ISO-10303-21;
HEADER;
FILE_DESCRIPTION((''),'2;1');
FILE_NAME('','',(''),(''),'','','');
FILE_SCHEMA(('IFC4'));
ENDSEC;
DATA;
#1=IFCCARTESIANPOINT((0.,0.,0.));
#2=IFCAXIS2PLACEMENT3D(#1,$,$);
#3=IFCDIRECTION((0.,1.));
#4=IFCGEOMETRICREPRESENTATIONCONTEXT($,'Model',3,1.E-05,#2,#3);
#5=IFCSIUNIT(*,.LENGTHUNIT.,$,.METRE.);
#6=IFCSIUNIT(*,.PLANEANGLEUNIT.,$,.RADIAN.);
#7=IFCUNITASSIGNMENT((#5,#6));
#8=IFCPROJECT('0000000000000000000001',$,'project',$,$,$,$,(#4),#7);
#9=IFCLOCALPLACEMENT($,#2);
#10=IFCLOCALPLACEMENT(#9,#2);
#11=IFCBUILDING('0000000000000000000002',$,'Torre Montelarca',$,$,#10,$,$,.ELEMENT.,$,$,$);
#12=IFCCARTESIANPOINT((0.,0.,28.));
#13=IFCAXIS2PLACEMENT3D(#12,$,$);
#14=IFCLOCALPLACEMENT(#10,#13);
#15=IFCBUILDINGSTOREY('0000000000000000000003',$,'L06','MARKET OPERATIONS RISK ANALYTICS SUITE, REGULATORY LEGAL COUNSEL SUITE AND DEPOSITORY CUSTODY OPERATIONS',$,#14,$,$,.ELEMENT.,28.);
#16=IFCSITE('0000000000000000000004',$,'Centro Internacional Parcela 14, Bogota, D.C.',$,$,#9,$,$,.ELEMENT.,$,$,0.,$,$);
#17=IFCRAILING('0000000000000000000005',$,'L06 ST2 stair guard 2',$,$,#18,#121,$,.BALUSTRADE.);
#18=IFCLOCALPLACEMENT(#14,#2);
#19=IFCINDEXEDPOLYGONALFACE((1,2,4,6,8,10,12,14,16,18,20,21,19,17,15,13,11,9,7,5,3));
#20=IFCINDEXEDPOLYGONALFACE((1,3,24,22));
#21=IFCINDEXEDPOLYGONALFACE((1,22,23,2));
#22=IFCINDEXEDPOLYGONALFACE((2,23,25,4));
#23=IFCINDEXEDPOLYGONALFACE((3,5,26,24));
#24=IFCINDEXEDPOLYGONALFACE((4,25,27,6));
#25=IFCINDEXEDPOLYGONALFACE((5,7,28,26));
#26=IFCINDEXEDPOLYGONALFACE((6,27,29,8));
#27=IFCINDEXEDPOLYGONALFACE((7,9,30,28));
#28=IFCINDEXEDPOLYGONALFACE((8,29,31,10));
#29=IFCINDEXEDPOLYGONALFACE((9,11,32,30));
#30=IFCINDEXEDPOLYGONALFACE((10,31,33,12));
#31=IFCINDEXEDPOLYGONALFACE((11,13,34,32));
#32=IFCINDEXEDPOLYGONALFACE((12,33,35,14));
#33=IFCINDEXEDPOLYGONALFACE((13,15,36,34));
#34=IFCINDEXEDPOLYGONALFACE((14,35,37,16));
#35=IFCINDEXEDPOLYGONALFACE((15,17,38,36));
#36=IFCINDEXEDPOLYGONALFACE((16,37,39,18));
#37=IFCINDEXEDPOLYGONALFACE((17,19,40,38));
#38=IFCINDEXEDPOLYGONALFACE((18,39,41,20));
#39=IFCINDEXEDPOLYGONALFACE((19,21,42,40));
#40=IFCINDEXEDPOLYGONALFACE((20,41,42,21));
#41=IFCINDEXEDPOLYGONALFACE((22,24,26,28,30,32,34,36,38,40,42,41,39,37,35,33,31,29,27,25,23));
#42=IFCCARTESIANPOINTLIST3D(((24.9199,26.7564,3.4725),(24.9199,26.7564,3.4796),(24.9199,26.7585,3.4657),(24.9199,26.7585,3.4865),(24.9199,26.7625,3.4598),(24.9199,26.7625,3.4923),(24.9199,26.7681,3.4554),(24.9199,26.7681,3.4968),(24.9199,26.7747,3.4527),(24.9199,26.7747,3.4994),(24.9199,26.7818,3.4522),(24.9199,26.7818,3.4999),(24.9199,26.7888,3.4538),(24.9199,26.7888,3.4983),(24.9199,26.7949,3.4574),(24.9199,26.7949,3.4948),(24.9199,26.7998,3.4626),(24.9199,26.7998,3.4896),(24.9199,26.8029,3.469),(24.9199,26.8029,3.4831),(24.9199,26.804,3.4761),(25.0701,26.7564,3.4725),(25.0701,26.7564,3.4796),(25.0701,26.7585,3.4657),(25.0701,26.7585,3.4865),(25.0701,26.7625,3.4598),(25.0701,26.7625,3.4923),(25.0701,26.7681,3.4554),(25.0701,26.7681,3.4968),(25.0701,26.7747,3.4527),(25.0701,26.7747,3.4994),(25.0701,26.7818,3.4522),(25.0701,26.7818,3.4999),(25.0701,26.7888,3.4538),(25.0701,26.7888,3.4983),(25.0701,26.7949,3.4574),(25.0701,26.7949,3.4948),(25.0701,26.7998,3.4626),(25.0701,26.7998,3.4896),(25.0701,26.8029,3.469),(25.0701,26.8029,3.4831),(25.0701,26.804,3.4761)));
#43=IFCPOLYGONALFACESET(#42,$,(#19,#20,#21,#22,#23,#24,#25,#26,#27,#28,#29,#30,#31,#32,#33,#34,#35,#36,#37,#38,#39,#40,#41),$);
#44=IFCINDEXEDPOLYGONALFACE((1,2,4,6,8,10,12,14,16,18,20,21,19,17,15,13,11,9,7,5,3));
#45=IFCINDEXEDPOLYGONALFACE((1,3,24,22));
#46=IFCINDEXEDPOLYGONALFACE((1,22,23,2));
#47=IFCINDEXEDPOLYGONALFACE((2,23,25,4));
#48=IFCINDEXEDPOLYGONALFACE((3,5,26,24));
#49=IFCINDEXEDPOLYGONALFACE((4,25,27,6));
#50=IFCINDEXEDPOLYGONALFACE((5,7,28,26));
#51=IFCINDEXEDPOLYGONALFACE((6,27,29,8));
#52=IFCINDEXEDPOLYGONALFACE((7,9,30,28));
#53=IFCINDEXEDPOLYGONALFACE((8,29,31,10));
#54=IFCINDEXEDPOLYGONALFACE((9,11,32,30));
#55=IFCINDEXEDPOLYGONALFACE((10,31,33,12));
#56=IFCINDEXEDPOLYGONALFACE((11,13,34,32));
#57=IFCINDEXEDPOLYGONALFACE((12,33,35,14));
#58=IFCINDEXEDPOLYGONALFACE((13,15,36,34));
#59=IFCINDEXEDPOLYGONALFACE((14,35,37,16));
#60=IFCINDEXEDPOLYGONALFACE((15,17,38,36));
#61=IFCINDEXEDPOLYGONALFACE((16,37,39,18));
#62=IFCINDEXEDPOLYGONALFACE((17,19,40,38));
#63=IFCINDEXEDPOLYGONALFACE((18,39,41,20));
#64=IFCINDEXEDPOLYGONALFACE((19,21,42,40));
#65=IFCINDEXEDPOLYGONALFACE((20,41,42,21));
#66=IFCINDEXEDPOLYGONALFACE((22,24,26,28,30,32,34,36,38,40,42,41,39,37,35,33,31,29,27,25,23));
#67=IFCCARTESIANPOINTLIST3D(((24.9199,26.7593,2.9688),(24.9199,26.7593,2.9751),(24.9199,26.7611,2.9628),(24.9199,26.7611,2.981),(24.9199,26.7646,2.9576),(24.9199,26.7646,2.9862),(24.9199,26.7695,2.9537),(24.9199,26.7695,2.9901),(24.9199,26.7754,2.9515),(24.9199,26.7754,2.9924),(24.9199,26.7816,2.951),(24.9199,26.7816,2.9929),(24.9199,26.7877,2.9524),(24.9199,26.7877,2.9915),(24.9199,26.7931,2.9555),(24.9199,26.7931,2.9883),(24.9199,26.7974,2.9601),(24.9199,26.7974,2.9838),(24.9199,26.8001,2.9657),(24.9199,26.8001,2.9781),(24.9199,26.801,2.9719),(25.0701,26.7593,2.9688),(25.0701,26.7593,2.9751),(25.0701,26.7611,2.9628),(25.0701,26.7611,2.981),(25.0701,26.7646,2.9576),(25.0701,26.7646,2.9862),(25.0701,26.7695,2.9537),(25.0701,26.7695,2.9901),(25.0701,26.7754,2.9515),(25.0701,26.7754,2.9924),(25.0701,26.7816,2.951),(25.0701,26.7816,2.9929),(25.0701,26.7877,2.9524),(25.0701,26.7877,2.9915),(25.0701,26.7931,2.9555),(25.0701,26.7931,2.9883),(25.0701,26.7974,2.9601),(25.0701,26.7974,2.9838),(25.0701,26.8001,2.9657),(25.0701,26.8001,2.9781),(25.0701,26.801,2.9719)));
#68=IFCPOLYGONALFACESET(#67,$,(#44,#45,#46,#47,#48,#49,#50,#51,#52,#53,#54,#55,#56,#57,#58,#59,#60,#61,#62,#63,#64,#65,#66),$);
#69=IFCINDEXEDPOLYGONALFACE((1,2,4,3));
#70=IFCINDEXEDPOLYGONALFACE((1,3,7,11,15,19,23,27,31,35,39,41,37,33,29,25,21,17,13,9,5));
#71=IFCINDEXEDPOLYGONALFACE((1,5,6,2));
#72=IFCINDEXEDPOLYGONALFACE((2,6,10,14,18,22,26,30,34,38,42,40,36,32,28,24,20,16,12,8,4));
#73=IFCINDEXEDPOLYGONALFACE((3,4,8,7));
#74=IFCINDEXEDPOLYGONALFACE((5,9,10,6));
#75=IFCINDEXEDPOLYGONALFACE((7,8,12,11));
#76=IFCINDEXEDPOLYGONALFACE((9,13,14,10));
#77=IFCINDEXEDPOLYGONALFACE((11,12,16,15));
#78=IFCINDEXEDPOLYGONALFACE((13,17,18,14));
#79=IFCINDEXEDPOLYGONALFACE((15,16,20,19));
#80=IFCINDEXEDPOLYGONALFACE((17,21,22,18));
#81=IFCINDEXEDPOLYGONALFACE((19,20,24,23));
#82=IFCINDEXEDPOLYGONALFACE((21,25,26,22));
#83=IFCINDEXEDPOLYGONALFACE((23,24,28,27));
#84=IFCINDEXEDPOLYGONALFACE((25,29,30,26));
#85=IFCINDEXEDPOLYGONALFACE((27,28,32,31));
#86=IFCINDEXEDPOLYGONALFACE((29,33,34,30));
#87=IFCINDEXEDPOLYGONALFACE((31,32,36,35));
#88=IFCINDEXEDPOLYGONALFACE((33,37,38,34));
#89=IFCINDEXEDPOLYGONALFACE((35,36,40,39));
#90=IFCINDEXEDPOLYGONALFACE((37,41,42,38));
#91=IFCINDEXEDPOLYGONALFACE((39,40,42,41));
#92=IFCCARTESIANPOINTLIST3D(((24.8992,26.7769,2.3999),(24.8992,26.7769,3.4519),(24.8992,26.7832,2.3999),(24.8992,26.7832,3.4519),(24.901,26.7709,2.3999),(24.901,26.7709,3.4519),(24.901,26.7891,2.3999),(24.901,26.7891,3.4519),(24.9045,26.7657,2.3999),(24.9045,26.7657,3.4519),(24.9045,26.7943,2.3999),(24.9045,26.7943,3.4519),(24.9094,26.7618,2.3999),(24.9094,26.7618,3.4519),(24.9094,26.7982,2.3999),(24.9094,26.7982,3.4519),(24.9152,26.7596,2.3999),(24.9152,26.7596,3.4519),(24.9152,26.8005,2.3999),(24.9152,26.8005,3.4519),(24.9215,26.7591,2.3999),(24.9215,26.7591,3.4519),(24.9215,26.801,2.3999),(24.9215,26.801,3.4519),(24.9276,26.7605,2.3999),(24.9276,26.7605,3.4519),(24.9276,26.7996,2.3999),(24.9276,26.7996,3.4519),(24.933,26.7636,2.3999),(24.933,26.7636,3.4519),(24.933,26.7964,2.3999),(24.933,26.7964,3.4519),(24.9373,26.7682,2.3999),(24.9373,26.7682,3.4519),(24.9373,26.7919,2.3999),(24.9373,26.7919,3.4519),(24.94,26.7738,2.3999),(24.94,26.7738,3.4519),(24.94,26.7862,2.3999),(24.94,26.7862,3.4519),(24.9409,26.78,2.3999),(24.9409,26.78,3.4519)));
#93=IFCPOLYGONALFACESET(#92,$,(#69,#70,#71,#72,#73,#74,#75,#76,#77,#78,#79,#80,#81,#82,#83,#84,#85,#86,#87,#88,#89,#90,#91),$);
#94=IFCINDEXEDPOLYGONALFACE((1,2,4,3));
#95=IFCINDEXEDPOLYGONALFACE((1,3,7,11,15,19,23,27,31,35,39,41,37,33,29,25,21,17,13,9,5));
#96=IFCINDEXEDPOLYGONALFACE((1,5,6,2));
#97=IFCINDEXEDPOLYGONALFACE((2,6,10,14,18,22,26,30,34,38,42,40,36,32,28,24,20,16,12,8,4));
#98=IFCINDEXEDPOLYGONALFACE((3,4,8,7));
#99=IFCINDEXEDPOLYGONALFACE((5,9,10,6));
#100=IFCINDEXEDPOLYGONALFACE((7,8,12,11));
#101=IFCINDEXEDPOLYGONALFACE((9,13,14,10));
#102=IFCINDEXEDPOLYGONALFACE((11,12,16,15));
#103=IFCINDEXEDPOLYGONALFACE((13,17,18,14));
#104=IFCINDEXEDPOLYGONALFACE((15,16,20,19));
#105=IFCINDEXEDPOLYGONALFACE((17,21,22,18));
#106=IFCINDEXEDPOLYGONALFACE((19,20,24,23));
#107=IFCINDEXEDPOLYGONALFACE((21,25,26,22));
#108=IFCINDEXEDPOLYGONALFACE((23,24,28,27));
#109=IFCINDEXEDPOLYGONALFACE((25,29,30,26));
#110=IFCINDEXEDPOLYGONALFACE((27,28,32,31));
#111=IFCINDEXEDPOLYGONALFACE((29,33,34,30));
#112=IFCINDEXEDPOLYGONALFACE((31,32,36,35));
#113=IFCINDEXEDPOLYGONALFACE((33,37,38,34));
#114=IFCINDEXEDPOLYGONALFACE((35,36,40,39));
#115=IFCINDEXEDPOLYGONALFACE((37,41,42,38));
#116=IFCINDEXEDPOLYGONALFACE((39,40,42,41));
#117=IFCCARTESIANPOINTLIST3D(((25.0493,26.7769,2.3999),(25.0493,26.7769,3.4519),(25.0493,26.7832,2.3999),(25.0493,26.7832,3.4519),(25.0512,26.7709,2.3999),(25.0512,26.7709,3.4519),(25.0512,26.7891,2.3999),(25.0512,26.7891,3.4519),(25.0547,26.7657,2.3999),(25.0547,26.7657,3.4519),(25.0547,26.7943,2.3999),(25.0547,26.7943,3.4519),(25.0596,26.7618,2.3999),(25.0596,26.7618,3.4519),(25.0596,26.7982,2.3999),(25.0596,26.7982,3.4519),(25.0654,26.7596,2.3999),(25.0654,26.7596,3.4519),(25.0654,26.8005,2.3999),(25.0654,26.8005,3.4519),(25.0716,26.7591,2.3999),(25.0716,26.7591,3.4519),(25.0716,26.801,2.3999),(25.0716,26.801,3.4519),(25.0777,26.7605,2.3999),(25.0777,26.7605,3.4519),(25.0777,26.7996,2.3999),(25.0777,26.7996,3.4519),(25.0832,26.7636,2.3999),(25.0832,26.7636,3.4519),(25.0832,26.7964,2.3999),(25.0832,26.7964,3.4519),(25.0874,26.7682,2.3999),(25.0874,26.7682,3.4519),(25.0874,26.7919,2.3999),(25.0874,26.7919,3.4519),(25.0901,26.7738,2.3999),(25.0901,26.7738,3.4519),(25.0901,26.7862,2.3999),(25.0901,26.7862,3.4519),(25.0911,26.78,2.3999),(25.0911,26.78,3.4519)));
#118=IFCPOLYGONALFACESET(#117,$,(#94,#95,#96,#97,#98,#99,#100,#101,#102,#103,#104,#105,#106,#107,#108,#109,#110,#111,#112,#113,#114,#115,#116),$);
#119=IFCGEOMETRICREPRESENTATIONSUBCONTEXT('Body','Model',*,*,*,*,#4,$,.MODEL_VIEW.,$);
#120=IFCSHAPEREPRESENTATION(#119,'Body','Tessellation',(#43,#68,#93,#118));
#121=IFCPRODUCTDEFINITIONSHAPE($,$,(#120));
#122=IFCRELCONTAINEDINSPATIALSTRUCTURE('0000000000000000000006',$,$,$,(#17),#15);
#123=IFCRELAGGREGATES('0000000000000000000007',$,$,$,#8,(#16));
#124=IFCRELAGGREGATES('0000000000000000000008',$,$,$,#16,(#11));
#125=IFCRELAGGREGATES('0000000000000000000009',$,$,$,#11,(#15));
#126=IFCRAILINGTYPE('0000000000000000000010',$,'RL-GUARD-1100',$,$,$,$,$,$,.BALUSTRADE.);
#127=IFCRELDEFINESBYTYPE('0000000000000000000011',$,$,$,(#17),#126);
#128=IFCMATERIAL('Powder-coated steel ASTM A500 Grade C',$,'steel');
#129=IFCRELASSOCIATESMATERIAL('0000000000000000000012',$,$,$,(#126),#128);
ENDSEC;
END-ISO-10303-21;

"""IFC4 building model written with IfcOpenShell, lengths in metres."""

from ifc_helpers import new_model, si_unit, direction, frame, origin, origin_2d, place, context, subcontext, project, spatial, circle, extrude, material, type_object, element, save


model = new_model("IFC4")

# Units and contexts
model_context = context("Model", 3, precision=1e-05, world=origin(), true_north=direction((0.0, 1.0)))
body_context = subcontext(model_context, "Body", "Model", "MODEL_VIEW")
ifc_project = project(units=[si_unit("LENGTHUNIT", "METRE"), si_unit("PLANEANGLEUNIT", "RADIAN")], contexts=[model_context])

# Site, building, storey
site_placement = place(None, origin())
site = spatial("IfcSite", under=ifc_project, at=site_placement, Name="Centro Internacional Parcela 14, Bogota, D.C.", CompositionType="ELEMENT", RefElevation=0.0)
building_placement = place(site_placement, origin())
building = spatial("IfcBuilding", under=site, at=building_placement, Name="Torre Montelarca", CompositionType="ELEMENT")
storey_placement = place(building_placement, frame((0.0, 0.0, 28.0)))
storey = spatial("IfcBuildingStorey", under=building, at=storey_placement, Name="L06", Description="MARKET OPERATIONS RISK ANALYTICS SUITE, REGULATORY LEGAL COUNSEL SUITE AND DEPOSITORY CUSTODY OPERATIONS", CompositionType="ELEMENT", Elevation=28.0)

# Railing
ifc_material_1 = material(Name="Powder-coated steel ASTM A500 Grade C", Category="steel")
railing_type_1 = type_object("IfcRailingType", Name="RL-GUARD-1100", PredefinedType="BALUSTRADE", material=ifc_material_1)
railing_1_placement = place(storey_placement, frame((24.9199, 26.78, 2.3999)))
element("IfcRailing", 1, at=railing_1_placement, inside=storey, type_object=railing_type_1, Name="L06 ST2 stair guard 2", PredefinedType="BALUSTRADE", context=body_context, shape_type="SweptSolid", body=[
    extrude(circle(Radius=0.0239, at=origin_2d()), frame((0.0, 0.0, 1.0762), z_axis=(1.0, 0.0, 0.0), x_axis=(0.0, 1.0, 0.0)), (0.0, 0.0, 1.0), 0.1501),
    extrude(circle(Radius=0.021, at=origin_2d()), frame((0.0, 0.0, 0.572), z_axis=(1.0, 0.0, 0.0), x_axis=(0.0, 1.0, 0.0)), (0.0, 0.0, 1.0), 0.1501),
    extrude(circle(Radius=0.021, at=origin_2d()), origin(), (0.0, 0.0, 1.0), 1.052),
    extrude(circle(Radius=0.021, at=origin_2d()), frame((0.1501, 0.0, 0.0)), (0.0, 0.0, 1.0), 1.052),
])

save(model, "model.ifc")
